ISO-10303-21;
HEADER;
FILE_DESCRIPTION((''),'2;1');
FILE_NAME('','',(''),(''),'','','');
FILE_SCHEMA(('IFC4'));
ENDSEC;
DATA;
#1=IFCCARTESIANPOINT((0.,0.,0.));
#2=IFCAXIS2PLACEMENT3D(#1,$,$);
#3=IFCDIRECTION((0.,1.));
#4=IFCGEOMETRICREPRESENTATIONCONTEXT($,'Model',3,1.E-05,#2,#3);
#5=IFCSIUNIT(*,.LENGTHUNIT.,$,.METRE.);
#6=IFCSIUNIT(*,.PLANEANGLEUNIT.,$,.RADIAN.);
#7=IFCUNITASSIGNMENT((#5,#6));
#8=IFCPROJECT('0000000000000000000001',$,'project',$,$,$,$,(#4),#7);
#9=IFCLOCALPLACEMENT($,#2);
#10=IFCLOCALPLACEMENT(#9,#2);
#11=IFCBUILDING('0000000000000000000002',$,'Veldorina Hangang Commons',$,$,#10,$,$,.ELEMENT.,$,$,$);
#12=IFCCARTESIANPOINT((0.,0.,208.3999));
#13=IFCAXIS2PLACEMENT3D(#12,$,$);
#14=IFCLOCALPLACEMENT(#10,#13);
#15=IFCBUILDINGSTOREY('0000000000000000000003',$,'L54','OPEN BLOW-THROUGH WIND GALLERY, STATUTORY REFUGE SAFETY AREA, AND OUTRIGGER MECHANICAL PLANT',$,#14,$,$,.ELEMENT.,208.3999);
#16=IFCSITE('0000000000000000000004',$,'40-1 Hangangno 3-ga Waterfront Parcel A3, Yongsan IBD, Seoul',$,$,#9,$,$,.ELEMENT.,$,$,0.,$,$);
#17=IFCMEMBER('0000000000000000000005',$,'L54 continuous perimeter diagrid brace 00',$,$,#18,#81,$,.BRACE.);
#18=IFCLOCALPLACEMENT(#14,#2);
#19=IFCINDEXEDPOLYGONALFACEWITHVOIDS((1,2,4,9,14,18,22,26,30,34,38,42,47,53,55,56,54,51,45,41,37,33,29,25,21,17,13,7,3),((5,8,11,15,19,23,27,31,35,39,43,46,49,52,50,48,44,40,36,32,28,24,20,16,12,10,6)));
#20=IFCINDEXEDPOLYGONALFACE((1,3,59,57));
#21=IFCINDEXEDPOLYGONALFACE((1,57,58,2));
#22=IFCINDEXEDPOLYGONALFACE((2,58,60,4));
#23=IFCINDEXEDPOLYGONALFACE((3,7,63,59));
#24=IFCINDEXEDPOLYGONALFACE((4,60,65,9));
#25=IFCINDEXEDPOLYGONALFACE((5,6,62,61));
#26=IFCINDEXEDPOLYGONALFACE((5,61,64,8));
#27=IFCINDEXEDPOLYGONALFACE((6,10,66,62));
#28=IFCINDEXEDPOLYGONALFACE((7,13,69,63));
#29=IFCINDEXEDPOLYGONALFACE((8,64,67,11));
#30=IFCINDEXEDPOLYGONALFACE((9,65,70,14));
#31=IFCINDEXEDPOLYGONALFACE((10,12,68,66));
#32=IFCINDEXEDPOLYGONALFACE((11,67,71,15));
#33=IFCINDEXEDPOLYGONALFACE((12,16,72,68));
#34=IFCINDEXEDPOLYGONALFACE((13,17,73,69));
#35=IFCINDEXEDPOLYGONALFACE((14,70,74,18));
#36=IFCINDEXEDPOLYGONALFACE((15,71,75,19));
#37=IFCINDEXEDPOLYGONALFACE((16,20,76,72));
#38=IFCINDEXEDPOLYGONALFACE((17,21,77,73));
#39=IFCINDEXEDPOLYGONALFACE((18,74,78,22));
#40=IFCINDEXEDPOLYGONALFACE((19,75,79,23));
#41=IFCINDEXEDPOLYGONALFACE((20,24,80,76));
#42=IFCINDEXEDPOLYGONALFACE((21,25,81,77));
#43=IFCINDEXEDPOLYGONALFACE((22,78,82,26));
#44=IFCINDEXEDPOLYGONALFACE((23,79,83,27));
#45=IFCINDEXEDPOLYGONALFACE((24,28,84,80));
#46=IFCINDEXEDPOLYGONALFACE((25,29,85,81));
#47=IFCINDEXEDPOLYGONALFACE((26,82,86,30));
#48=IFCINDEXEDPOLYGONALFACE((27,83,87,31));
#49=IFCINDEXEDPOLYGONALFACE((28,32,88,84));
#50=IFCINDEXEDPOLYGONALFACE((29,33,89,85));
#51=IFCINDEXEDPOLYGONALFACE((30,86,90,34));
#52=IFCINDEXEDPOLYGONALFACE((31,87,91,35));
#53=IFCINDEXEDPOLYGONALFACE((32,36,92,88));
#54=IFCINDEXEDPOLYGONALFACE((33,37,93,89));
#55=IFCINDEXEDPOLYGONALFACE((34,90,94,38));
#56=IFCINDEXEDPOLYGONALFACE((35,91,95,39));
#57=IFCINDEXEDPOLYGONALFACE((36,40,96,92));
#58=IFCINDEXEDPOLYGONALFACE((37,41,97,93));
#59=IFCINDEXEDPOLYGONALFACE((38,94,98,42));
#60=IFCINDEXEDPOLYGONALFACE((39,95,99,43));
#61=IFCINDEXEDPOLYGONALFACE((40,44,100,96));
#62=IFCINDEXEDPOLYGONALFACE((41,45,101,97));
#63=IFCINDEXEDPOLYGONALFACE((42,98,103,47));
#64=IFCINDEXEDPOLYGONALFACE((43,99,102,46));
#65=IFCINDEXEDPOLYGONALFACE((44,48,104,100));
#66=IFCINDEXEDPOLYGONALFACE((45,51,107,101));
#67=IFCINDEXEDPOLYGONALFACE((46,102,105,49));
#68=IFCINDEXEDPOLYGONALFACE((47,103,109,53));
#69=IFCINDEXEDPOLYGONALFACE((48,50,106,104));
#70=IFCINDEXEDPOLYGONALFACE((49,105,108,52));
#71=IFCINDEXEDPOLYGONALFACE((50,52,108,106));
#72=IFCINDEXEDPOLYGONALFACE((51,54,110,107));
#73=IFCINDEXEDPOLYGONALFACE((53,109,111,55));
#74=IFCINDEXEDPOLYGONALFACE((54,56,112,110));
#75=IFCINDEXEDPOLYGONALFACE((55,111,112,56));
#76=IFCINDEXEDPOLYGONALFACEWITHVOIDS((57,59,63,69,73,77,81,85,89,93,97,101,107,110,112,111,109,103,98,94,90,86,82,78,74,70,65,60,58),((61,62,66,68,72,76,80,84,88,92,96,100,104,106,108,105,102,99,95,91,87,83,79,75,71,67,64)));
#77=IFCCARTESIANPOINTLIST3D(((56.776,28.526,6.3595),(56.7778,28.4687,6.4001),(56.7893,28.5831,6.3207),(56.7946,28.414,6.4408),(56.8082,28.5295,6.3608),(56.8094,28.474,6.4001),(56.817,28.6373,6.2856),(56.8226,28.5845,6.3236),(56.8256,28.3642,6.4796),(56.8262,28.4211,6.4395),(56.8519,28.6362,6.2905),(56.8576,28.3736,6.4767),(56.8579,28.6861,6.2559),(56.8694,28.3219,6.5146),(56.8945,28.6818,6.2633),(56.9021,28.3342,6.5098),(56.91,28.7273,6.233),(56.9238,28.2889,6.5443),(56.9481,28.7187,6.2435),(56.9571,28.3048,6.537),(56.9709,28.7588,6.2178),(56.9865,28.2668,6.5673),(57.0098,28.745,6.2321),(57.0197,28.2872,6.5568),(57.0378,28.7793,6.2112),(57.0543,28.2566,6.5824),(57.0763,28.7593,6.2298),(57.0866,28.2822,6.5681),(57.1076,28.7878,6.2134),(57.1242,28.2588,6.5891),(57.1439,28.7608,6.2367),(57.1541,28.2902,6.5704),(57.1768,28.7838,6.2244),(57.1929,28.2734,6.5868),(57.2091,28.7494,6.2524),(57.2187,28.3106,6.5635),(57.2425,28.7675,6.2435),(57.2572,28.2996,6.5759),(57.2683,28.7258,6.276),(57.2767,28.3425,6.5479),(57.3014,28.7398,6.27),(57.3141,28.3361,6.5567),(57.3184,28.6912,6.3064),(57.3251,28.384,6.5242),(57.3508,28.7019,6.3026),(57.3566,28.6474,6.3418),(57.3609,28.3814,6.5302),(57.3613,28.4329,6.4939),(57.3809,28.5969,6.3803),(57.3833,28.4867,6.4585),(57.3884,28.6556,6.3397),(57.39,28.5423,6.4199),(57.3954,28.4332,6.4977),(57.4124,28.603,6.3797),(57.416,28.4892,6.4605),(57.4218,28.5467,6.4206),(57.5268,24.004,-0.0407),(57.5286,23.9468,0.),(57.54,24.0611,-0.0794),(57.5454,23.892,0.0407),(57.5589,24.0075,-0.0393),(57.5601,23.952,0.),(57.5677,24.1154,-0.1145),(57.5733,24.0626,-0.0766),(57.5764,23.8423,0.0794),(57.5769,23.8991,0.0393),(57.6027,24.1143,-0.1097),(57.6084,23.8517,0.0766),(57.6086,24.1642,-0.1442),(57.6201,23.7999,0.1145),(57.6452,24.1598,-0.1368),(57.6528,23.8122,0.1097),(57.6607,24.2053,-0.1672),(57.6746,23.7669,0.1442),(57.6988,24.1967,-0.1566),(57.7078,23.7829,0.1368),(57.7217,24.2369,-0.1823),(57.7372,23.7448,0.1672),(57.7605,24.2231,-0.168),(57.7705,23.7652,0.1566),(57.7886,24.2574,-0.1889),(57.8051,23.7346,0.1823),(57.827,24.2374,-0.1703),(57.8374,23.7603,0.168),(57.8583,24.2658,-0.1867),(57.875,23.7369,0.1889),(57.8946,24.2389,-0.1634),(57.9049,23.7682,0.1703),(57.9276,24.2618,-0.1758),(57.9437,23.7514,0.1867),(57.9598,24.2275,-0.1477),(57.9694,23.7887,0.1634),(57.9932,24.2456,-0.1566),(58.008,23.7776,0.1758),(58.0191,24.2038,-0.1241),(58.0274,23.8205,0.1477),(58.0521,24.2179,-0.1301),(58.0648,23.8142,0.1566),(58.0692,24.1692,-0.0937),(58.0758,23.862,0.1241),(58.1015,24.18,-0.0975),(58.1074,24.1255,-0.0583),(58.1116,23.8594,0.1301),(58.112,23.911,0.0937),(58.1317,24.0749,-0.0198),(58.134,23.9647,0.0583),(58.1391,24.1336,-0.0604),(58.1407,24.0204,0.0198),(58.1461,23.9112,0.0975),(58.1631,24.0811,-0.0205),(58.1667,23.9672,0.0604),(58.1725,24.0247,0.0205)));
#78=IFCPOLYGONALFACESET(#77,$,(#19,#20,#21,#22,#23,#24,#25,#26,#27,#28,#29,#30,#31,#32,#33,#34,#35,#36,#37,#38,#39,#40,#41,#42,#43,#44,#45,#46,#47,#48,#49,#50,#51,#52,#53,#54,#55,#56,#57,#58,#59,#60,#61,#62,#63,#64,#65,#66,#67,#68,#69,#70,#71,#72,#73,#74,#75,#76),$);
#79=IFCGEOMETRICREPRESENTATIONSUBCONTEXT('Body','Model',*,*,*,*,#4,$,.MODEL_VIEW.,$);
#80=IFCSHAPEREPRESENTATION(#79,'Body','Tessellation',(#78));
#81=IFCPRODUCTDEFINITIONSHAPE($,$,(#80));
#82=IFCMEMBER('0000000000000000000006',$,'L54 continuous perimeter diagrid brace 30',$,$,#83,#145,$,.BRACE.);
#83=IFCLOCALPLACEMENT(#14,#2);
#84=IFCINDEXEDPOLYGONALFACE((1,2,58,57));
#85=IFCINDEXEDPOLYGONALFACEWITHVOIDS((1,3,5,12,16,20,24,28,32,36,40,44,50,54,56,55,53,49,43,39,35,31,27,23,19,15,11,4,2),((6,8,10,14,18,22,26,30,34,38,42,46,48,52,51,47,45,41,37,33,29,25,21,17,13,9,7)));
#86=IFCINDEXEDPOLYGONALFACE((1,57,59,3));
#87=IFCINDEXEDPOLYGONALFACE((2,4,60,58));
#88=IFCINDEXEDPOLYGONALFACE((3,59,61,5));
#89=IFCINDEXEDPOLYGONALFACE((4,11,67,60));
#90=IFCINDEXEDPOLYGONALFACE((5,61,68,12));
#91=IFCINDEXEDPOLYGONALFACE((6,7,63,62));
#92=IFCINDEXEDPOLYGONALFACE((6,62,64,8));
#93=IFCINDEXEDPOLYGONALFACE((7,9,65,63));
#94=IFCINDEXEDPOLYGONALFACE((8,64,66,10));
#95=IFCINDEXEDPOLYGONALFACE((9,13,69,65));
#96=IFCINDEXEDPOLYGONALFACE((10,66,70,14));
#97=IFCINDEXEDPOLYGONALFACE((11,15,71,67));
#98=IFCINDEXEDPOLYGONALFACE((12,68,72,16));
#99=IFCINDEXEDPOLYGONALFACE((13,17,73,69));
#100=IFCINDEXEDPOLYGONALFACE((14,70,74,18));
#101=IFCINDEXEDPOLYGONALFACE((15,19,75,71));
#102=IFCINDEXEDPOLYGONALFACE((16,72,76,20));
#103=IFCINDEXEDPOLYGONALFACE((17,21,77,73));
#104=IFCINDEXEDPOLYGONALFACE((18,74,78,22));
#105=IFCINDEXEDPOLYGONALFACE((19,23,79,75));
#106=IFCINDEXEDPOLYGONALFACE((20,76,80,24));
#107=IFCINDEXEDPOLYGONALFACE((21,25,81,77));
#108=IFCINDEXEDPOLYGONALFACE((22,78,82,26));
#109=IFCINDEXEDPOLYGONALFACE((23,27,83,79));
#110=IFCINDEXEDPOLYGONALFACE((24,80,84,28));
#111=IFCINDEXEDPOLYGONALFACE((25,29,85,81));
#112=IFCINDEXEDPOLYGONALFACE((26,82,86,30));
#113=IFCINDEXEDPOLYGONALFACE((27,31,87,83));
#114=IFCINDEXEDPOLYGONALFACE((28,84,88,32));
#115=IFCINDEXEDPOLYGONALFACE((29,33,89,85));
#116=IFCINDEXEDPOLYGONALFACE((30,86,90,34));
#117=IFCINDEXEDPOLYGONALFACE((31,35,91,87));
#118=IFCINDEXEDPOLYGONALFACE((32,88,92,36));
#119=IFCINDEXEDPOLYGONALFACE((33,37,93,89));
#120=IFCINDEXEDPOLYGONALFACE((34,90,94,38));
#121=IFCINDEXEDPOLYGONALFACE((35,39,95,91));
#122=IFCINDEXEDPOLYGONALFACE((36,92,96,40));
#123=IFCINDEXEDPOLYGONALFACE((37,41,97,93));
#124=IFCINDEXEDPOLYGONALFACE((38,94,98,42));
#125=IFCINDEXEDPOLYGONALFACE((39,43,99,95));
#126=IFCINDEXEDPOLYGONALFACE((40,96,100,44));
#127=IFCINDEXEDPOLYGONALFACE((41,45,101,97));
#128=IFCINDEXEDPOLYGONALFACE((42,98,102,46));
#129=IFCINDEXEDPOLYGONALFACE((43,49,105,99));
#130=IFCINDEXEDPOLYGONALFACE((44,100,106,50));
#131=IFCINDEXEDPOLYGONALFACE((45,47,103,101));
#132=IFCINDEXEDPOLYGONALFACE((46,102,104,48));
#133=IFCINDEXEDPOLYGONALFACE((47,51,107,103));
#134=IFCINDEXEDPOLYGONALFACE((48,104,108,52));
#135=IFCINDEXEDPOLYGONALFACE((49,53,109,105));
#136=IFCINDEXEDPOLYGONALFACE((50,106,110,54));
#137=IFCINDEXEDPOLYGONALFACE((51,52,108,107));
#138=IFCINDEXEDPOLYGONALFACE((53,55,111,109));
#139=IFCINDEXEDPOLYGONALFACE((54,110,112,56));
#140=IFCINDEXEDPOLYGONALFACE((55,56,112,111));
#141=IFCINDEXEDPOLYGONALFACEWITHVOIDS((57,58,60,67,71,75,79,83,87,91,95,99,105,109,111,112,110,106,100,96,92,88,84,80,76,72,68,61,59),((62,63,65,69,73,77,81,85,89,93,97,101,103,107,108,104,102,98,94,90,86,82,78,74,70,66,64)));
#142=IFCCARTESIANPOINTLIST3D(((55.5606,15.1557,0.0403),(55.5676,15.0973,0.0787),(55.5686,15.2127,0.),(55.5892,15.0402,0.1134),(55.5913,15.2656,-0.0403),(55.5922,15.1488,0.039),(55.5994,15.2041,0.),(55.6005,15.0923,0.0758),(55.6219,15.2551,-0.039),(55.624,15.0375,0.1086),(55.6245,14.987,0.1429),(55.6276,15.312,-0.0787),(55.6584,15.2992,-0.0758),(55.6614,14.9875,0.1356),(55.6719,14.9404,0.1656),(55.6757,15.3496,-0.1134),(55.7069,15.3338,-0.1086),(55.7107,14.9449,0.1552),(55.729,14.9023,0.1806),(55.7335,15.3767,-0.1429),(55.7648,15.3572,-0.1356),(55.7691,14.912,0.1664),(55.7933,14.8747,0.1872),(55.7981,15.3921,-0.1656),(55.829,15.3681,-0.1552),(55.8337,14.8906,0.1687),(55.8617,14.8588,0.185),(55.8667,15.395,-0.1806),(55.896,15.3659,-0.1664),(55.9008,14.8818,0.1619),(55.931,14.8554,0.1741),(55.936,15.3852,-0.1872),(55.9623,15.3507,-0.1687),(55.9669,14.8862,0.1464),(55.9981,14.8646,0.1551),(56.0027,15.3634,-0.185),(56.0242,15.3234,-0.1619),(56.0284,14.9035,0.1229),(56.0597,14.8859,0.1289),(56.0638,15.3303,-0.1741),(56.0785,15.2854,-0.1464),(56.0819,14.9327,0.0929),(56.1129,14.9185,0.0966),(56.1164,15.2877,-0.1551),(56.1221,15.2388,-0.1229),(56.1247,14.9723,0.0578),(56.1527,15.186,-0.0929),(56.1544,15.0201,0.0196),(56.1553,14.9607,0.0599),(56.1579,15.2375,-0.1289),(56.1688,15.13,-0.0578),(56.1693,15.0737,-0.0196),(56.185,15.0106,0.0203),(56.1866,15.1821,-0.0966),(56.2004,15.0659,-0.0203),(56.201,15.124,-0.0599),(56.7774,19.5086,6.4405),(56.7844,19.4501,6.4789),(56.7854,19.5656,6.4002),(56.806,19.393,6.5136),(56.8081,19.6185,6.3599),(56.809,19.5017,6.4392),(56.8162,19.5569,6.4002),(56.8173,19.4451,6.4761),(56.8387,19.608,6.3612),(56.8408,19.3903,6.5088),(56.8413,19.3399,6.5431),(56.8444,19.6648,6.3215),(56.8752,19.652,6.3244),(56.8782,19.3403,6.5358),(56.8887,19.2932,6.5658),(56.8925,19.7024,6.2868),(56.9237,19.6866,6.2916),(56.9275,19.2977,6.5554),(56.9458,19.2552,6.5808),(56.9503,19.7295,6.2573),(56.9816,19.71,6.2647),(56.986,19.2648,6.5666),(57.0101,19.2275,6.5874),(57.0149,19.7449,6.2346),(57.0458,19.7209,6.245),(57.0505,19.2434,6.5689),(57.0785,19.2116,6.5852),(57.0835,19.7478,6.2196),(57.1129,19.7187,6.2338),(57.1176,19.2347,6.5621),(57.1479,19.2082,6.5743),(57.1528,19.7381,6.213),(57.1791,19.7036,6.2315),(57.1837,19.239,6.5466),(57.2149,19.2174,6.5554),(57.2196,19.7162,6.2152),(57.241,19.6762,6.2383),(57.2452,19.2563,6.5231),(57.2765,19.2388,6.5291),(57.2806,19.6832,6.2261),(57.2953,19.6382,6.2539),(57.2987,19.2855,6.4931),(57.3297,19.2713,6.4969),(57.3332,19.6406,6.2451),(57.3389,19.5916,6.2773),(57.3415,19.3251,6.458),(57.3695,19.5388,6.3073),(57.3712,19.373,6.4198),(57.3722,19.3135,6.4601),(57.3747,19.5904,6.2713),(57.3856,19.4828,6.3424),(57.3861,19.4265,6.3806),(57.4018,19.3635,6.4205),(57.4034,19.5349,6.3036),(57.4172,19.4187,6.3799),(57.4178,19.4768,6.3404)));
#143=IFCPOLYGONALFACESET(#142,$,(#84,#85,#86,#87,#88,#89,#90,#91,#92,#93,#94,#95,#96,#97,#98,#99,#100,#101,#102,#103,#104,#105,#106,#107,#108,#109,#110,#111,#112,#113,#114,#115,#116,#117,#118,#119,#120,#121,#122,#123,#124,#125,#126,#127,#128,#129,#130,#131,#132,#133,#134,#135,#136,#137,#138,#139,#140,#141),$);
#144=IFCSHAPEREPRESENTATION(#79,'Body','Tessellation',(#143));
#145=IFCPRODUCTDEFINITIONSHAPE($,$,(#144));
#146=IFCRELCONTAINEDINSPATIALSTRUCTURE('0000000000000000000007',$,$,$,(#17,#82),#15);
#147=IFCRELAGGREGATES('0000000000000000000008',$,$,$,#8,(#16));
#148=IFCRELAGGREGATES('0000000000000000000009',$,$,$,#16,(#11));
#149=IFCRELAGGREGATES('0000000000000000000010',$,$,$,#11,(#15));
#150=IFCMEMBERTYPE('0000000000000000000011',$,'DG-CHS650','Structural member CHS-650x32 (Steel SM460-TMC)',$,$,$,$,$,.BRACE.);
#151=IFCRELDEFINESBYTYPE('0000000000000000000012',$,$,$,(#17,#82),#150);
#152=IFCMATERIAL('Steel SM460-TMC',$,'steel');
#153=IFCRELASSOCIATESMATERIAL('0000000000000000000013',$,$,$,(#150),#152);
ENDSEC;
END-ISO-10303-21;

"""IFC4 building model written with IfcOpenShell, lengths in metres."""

from ifc_helpers import new_model, si_unit, direction, frame, origin, origin_2d, place, context, subcontext, project, spatial, hollow_circle, extrude, material, material_profile, profile_set, type_object, element, save


model = new_model("IFC4")

# Units and contexts
model_context = context("Model", 3, precision=1e-05, world=origin(), true_north=direction((0.0, 1.0)))
body_context = subcontext(model_context, "Body", "Model", "MODEL_VIEW")
ifc_project = project(units=[si_unit("LENGTHUNIT", "METRE"), si_unit("PLANEANGLEUNIT", "RADIAN")], contexts=[model_context])

# Site, building, storey
site_placement = place(None, origin())
site = spatial("IfcSite", under=ifc_project, at=site_placement, Name="40-1 Hangangno 3-ga Waterfront Parcel A3, Yongsan IBD, Seoul", CompositionType="ELEMENT", RefElevation=0.0)
building_placement = place(site_placement, origin())
building = spatial("IfcBuilding", under=site, at=building_placement, Name="Veldorina Hangang Commons", CompositionType="ELEMENT")
storey_placement = place(building_placement, frame((0.0, 0.0, 208.3999)))
storey = spatial("IfcBuildingStorey", under=building, at=storey_placement, Name="L54", Description="OPEN BLOW-THROUGH WIND GALLERY, STATUTORY REFUGE SAFETY AREA, AND OUTRIGGER MECHANICAL PLANT", CompositionType="ELEMENT", Elevation=208.3999)

# Shared definitions
ifc_material_1 = material(Name="Steel SM460-TMC", Category="steel")

# Members
ifc_material_profile_1 = material_profile(ifc_material_1, hollow_circle(Radius=0.325, WallThickness=0.032, at=origin_2d()), Name="CHS-650x32")
ifc_profile_set_1 = profile_set([ifc_material_profile_1], Name="Steel SM460-TMC")
member_type_1 = type_object("IfcMemberType", Name="DG-CHS650", Description="Structural member CHS-650x32 (Steel SM460-TMC)", PredefinedType="BRACE", material=ifc_profile_set_1)
member_1_placement = place(storey_placement, frame((57.8491, 24.0, 0.0), z_axis=(-0.095363, 0.574413, 0.812992), x_axis=(-0.986497, -0.163777, 0.0)))
element("IfcMember", 1, at=member_1_placement, inside=storey, type_object=member_type_1, Name="L54 continuous perimeter diagrid brace 00", PredefinedType="BRACE", context=body_context, shape_type="SweptSolid", body=[
    extrude(hollow_circle(Radius=0.325, WallThickness=0.032, at=origin_2d()), origin(), (0.0, 0.0, 1.0), 7.8723),
])
member_2_placement = place(storey_placement, frame((55.8816, 15.1252, 0.0), z_axis=(0.1553, 0.555547, 0.816853), x_axis=(-0.963078, 0.269223, 0.0)))
element("IfcMember", 2, at=member_2_placement, inside=storey, type_object=member_type_1, Name="L54 continuous perimeter diagrid brace 30", PredefinedType="BRACE", context=body_context, shape_type="SweptSolid", body=[
    extrude(hollow_circle(Radius=0.325, WallThickness=0.032, at=origin_2d()), origin(), (0.0, 0.0, 1.0), 7.8352),
])

save(model, "model.ifc")
